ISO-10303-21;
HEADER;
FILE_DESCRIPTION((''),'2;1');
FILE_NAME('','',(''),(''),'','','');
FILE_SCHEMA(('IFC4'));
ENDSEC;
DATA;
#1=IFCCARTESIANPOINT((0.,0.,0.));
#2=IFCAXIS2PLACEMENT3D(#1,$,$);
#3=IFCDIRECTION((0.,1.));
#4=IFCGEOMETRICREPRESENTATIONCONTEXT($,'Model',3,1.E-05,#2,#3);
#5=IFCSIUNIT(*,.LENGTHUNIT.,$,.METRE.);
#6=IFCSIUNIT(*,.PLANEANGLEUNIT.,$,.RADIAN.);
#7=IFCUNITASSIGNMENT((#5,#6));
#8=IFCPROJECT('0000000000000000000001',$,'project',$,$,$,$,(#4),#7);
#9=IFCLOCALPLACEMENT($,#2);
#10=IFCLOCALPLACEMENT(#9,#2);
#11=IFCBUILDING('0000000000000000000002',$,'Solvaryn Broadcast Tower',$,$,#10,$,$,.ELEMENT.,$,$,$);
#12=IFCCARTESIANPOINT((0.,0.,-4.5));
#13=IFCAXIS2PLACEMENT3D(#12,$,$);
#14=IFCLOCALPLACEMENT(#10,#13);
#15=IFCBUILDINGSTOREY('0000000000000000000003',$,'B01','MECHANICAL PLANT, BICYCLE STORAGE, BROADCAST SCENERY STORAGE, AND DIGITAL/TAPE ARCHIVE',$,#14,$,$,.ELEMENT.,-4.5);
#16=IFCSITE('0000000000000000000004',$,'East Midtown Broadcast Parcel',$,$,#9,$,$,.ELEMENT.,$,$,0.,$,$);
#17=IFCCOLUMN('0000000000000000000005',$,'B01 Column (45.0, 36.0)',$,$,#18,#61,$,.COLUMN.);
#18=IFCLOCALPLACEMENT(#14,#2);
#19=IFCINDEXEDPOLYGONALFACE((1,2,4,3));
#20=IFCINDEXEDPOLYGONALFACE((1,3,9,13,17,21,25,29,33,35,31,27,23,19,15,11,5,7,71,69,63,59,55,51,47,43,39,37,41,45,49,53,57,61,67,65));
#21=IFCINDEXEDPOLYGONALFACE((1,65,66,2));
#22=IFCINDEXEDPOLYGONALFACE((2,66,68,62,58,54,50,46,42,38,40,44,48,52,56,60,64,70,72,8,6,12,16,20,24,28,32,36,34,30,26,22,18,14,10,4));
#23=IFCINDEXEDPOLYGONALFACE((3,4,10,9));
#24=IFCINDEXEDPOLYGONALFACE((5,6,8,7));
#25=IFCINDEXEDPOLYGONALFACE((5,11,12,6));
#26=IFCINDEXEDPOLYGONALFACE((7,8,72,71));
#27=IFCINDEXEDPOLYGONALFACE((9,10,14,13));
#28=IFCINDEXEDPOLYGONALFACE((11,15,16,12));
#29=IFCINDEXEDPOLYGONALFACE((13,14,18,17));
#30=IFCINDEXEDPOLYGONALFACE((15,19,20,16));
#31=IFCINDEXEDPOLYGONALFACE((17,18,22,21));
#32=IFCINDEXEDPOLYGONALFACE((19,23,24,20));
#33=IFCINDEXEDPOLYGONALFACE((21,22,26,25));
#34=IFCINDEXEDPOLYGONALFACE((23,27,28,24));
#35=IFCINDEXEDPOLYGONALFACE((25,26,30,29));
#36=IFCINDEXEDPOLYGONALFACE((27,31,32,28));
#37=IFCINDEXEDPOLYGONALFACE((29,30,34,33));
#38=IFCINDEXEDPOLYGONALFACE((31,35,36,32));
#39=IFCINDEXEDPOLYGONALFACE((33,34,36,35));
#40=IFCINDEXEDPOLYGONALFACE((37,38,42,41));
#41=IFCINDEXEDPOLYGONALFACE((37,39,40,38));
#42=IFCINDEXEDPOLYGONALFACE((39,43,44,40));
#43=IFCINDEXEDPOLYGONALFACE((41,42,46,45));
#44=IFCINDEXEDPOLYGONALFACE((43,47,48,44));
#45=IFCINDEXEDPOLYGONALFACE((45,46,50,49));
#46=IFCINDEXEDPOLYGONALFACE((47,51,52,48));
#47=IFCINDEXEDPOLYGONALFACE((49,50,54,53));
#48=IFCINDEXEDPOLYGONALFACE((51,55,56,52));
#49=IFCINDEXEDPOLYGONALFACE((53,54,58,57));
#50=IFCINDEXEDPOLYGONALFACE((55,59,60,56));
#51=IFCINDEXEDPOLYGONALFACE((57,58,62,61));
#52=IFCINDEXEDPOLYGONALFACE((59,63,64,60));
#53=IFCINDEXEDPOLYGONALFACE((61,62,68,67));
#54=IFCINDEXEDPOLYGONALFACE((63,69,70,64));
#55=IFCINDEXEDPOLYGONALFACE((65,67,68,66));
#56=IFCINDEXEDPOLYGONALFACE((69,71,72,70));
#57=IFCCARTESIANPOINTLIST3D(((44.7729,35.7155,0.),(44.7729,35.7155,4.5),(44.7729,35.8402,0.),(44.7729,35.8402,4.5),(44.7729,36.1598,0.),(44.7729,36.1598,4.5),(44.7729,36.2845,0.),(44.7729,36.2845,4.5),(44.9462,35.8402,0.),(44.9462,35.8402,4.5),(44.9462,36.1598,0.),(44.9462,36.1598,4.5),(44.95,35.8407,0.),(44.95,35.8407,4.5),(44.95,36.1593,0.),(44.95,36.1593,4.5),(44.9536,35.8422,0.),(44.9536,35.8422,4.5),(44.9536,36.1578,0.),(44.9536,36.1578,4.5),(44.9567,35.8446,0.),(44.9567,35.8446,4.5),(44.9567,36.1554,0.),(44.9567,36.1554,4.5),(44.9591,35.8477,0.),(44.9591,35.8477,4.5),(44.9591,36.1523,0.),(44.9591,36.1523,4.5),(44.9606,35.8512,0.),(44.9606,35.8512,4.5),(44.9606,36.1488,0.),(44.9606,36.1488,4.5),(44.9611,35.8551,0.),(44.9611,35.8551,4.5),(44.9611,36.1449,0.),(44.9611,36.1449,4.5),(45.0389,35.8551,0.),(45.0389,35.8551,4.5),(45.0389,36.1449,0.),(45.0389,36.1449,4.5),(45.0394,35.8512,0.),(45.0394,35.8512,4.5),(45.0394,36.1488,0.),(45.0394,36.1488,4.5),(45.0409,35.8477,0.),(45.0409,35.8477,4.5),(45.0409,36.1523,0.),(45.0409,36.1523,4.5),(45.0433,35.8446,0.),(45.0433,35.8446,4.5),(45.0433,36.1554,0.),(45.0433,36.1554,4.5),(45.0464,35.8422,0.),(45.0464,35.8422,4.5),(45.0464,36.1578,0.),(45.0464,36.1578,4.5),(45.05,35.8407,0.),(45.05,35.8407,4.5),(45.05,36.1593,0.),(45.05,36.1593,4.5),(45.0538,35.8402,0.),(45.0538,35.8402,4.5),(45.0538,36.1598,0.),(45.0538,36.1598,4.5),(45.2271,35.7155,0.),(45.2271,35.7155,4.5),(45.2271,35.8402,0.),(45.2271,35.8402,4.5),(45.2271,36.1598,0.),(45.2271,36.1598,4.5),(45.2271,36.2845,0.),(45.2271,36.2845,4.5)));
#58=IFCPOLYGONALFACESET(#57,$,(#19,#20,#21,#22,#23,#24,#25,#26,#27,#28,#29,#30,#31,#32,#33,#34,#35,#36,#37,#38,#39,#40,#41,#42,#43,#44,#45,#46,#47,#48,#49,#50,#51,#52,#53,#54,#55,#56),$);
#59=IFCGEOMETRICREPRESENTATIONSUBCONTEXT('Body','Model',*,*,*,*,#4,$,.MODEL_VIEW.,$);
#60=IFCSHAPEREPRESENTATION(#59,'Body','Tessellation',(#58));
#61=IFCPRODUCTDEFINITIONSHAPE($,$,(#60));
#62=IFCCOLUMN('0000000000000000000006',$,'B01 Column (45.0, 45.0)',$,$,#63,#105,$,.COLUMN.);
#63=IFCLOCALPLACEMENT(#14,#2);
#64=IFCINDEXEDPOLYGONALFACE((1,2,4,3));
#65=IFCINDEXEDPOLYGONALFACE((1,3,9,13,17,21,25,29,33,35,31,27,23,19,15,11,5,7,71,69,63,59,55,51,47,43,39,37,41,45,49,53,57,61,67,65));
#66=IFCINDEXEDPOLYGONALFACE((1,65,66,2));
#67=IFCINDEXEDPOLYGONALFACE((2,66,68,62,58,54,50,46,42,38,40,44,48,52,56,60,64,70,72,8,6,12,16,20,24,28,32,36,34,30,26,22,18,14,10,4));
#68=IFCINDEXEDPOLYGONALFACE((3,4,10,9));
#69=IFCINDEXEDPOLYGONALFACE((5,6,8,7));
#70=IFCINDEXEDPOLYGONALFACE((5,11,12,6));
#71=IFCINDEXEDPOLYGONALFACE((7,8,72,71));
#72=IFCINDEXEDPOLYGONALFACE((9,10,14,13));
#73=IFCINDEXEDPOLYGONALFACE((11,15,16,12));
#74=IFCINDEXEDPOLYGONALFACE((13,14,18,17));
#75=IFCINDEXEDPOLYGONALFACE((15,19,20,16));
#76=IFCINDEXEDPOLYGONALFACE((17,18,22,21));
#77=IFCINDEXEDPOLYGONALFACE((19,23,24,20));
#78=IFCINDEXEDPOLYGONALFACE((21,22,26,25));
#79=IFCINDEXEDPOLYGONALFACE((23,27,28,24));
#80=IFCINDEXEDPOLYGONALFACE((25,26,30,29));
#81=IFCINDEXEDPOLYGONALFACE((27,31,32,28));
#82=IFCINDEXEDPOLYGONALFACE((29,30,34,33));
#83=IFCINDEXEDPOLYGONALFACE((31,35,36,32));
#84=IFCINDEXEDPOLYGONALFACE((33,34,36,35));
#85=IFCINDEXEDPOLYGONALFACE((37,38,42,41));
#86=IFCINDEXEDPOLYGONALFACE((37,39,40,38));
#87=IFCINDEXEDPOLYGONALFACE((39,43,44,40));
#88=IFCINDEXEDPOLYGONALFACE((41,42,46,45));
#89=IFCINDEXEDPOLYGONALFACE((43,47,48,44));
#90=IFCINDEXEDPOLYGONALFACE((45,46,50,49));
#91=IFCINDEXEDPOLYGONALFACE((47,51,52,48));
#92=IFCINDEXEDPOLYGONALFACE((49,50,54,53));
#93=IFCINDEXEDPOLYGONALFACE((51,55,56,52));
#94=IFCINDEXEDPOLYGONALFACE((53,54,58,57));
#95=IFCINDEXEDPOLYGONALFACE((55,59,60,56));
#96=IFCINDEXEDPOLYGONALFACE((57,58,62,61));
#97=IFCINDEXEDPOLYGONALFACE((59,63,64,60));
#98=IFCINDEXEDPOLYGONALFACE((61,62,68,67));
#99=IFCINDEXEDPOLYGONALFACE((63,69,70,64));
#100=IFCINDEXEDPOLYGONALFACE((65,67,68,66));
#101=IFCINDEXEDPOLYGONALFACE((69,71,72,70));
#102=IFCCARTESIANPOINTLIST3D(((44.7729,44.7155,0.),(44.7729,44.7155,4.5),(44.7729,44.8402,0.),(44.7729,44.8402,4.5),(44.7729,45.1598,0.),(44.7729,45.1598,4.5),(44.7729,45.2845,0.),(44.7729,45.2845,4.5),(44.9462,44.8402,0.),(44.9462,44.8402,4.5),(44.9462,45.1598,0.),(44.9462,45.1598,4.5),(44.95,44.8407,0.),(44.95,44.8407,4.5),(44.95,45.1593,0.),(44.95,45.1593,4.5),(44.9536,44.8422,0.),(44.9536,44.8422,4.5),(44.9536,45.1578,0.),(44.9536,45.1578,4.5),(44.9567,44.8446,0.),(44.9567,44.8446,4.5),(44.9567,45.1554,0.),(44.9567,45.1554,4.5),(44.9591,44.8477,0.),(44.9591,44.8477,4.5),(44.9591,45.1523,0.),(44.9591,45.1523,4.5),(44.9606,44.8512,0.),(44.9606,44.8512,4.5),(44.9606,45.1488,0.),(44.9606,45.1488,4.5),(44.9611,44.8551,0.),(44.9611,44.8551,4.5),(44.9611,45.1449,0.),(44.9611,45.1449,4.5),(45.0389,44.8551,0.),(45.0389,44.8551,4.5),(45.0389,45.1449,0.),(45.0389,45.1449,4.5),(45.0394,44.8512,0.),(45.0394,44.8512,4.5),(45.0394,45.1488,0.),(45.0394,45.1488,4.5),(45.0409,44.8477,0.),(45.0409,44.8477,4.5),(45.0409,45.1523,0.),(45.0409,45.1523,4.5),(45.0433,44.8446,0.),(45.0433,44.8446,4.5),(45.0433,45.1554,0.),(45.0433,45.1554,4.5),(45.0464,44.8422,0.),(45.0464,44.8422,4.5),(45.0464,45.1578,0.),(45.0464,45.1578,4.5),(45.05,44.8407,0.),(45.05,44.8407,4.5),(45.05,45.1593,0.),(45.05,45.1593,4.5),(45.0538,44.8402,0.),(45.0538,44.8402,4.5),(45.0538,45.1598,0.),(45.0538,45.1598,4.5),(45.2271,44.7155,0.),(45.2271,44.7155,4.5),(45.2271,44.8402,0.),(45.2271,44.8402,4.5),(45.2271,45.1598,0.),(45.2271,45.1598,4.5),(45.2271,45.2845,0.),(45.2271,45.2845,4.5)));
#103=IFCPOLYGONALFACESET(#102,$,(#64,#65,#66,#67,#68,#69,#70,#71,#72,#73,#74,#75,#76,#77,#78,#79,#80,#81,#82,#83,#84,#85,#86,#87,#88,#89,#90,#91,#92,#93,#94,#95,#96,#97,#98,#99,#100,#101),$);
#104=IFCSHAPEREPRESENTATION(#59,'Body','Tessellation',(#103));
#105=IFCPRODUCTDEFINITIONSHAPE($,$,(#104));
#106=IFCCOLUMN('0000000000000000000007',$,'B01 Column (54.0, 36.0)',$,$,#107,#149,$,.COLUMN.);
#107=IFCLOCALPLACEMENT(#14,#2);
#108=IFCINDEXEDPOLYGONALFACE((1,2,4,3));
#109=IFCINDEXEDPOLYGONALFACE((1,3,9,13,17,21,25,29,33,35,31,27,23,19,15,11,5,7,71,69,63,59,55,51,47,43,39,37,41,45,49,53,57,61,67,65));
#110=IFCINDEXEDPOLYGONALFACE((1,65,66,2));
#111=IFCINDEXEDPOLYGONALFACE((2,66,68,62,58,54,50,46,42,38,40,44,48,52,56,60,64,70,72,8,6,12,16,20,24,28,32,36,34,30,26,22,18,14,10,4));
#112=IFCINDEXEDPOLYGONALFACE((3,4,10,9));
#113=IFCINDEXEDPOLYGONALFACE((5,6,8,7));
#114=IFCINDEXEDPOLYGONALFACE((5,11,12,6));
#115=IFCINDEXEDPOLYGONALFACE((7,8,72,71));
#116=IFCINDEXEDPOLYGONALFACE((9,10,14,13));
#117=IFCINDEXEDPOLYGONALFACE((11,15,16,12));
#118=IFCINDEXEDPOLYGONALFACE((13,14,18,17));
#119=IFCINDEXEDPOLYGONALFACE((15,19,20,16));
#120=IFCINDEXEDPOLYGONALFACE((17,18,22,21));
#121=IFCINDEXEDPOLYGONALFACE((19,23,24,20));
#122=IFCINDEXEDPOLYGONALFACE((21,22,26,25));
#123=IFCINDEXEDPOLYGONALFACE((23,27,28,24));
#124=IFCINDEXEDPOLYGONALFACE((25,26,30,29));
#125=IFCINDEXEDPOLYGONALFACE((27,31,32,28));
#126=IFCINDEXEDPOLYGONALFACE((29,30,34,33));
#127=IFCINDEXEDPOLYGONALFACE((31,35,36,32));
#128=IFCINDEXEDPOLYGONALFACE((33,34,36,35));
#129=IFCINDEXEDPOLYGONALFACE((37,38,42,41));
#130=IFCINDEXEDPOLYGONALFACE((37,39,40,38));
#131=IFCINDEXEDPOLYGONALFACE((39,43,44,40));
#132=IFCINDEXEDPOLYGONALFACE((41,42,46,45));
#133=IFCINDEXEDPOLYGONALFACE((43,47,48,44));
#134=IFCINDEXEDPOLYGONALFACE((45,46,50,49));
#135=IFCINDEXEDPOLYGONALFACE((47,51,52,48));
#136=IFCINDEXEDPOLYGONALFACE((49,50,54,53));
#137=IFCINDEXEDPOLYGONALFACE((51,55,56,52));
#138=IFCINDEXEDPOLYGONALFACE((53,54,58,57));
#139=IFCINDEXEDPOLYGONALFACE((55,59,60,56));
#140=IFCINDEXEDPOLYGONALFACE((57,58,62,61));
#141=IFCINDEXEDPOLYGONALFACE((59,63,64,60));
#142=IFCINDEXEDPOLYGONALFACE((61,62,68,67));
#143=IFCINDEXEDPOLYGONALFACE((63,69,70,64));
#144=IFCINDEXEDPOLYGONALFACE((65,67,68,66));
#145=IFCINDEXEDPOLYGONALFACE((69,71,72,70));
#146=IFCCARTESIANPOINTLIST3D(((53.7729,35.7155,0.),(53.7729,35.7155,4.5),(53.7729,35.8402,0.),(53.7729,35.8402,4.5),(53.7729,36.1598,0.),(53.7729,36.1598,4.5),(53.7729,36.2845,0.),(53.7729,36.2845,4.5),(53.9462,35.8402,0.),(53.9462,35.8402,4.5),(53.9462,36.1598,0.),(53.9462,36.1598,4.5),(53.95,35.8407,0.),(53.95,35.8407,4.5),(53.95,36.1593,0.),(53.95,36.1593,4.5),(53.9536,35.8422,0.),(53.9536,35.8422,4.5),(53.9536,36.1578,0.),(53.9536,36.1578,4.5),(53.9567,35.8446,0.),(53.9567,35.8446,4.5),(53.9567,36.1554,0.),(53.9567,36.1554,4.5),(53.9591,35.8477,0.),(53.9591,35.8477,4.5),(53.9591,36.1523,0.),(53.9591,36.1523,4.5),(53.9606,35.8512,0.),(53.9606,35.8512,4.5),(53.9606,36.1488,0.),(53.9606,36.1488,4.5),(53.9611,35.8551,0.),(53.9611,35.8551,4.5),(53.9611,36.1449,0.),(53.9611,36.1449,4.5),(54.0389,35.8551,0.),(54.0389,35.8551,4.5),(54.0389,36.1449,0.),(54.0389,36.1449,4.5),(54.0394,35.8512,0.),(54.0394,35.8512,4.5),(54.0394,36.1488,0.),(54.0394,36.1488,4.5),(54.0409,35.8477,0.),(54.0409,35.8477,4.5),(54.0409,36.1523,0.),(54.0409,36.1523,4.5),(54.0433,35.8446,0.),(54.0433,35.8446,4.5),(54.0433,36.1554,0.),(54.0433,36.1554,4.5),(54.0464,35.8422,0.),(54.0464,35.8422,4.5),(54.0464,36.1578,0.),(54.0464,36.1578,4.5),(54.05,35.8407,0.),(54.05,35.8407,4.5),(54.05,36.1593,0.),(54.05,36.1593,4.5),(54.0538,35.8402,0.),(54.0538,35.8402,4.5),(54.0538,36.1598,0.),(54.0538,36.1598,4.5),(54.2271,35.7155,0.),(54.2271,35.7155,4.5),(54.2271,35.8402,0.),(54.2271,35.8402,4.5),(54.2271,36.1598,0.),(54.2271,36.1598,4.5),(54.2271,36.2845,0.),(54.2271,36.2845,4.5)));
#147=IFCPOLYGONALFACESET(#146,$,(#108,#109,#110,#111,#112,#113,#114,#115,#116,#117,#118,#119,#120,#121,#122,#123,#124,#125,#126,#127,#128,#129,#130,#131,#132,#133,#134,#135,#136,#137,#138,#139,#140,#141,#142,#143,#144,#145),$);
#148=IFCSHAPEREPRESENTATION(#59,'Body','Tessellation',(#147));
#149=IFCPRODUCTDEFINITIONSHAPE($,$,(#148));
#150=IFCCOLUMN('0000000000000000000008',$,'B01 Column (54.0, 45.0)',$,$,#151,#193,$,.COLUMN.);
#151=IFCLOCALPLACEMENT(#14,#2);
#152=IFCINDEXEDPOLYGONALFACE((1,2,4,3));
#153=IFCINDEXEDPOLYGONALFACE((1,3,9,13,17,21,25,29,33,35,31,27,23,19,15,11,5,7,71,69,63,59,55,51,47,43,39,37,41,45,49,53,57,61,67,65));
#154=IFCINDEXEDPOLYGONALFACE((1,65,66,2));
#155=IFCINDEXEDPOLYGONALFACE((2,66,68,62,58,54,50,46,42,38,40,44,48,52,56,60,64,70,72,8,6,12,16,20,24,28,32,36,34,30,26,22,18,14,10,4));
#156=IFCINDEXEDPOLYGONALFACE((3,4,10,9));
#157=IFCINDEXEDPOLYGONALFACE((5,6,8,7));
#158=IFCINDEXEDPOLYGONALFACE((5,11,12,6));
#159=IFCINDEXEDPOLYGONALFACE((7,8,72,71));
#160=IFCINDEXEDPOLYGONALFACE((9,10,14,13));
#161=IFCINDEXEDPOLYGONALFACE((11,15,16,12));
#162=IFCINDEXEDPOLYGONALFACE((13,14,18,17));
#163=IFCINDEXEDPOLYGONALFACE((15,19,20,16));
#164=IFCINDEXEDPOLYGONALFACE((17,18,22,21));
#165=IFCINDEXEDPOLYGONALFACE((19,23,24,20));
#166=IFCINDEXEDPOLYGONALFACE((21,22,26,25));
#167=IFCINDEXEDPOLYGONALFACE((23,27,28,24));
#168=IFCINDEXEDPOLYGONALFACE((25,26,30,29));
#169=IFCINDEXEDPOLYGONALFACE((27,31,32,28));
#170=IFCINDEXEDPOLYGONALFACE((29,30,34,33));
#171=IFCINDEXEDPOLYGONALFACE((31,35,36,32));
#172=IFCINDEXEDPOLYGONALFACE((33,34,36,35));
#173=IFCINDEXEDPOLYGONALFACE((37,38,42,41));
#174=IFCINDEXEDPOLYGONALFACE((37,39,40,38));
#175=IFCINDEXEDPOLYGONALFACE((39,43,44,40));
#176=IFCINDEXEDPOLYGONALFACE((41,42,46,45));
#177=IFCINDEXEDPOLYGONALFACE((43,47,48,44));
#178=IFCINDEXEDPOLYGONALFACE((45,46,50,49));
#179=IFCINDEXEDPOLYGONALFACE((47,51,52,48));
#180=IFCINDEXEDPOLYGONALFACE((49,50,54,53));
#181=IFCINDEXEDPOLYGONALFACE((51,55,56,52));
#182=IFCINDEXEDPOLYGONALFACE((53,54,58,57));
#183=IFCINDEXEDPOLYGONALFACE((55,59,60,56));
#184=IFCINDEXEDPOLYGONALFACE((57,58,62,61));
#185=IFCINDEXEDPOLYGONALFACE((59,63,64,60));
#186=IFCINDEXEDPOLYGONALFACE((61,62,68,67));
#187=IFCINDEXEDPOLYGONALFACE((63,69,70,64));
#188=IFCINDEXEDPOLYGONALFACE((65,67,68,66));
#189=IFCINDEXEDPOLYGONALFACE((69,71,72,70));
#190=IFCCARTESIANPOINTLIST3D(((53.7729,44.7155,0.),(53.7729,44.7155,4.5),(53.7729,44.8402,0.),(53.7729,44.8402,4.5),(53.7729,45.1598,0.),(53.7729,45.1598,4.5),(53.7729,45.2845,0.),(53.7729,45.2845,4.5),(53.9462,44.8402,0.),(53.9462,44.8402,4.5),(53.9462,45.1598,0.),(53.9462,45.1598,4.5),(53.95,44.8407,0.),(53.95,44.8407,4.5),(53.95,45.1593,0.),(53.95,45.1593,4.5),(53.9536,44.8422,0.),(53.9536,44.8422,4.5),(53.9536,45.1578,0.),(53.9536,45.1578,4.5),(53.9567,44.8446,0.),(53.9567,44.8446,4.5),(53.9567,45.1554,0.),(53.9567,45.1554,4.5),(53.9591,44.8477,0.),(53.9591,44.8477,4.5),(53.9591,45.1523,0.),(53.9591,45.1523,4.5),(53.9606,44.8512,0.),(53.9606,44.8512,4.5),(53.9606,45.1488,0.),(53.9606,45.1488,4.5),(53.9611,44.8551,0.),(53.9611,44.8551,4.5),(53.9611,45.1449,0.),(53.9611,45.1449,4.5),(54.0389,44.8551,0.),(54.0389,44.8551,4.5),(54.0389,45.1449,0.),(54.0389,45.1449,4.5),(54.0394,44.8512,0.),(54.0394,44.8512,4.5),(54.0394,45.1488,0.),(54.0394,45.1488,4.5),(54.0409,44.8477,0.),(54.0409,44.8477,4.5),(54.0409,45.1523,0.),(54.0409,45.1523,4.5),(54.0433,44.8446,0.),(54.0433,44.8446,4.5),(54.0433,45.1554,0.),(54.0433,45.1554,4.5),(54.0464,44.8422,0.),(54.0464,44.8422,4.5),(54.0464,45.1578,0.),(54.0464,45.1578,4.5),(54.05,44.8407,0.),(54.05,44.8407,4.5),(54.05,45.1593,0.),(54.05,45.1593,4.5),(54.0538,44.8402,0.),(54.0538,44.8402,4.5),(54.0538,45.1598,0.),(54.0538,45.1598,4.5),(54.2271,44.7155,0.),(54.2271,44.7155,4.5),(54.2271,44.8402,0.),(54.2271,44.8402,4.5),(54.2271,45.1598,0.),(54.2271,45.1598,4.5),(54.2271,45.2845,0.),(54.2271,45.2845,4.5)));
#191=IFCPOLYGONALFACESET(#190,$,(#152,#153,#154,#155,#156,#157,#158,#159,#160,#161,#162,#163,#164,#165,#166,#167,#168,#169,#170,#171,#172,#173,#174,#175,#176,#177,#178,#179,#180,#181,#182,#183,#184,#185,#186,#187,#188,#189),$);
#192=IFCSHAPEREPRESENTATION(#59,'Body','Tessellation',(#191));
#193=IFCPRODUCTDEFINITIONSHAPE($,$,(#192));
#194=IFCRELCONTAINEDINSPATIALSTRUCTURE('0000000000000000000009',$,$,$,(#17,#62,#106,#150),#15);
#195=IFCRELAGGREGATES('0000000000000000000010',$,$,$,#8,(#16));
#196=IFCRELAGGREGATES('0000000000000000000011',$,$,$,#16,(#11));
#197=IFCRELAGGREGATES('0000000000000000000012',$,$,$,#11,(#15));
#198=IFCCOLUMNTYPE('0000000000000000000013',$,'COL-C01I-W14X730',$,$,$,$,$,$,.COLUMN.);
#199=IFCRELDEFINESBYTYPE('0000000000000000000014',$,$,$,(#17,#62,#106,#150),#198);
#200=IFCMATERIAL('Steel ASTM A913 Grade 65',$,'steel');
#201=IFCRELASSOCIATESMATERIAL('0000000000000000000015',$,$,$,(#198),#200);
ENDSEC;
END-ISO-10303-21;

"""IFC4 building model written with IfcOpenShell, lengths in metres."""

from ifc_helpers import new_model, si_unit, direction, frame, origin, origin_2d, place, context, subcontext, project, spatial, i_section, extrude, material, material_profile, profile_set, type_object, element, save


model = new_model("IFC4")

# Units and contexts
model_context = context("Model", 3, precision=1e-05, world=origin(), true_north=direction((0.0, 1.0)))
body_context = subcontext(model_context, "Body", "Model", "MODEL_VIEW")
ifc_project = project(units=[si_unit("LENGTHUNIT", "METRE"), si_unit("PLANEANGLEUNIT", "RADIAN")], contexts=[model_context])

# Site, building, storey
site_placement = place(None, origin())
site = spatial("IfcSite", under=ifc_project, at=site_placement, Name="East Midtown Broadcast Parcel", CompositionType="ELEMENT", RefElevation=0.0)
building_placement = place(site_placement, origin())
building = spatial("IfcBuilding", under=site, at=building_placement, Name="Solvaryn Broadcast Tower", CompositionType="ELEMENT")
storey_placement = place(building_placement, frame((0.0, 0.0, -4.5)))
storey = spatial("IfcBuildingStorey", under=building, at=storey_placement, Name="B01", Description="MECHANICAL PLANT, BICYCLE STORAGE, BROADCAST SCENERY STORAGE, AND DIGITAL/TAPE ARCHIVE", CompositionType="ELEMENT", Elevation=-4.5)

# Columns
ifc_material_1 = material(Name="Steel ASTM A913 Grade 65", Category="steel")
ifc_material_profile_1 = material_profile(ifc_material_1, i_section(OverallWidth=0.4541, OverallDepth=0.5691, WebThickness=0.0779, FlangeThickness=0.1248, FilletRadius=0.0149, at=origin_2d()))
ifc_profile_set_1 = profile_set([ifc_material_profile_1], Name="Steel ASTM A913 Grade 65")
column_type_1 = type_object("IfcColumnType", Name="COL-C01I-W14X730", PredefinedType="COLUMN", material=ifc_profile_set_1)
for number, where, z_axis, x_axis, name in (
    (1, (45.0, 36.0, 0.0), (0.0, 0.0, 1.0), (1.0, 0.0, 0.0), "B01 Column (45.0, 36.0)"),
    (2, (45.0, 45.0, 0.0), (0.0, 0.0, 1.0), (1.0, 0.0, 0.0), "B01 Column (45.0, 45.0)"),
    (3, (54.0, 36.0, 0.0), (0.0, 0.0, 1.0), (1.0, 0.0, 0.0), "B01 Column (54.0, 36.0)"),
    (4, (54.0, 45.0, 0.0), (0.0, 0.0, 1.0), (1.0, 0.0, 0.0), "B01 Column (54.0, 45.0)"),
):
    element("IfcColumn", number, at=place(storey_placement, frame(where, z_axis=z_axis, x_axis=x_axis)), inside=storey, type_object=column_type_1, Name=name, PredefinedType="COLUMN", context=body_context, shape_type="SweptSolid", body=[
        extrude(i_section(OverallWidth=0.4541, OverallDepth=0.5691, WebThickness=0.0779, FlangeThickness=0.1248, FilletRadius=0.0149, at=origin_2d()), origin(), (0.0, 0.0, 1.0), 4.5),
    ])

save(model, "model.ifc")
